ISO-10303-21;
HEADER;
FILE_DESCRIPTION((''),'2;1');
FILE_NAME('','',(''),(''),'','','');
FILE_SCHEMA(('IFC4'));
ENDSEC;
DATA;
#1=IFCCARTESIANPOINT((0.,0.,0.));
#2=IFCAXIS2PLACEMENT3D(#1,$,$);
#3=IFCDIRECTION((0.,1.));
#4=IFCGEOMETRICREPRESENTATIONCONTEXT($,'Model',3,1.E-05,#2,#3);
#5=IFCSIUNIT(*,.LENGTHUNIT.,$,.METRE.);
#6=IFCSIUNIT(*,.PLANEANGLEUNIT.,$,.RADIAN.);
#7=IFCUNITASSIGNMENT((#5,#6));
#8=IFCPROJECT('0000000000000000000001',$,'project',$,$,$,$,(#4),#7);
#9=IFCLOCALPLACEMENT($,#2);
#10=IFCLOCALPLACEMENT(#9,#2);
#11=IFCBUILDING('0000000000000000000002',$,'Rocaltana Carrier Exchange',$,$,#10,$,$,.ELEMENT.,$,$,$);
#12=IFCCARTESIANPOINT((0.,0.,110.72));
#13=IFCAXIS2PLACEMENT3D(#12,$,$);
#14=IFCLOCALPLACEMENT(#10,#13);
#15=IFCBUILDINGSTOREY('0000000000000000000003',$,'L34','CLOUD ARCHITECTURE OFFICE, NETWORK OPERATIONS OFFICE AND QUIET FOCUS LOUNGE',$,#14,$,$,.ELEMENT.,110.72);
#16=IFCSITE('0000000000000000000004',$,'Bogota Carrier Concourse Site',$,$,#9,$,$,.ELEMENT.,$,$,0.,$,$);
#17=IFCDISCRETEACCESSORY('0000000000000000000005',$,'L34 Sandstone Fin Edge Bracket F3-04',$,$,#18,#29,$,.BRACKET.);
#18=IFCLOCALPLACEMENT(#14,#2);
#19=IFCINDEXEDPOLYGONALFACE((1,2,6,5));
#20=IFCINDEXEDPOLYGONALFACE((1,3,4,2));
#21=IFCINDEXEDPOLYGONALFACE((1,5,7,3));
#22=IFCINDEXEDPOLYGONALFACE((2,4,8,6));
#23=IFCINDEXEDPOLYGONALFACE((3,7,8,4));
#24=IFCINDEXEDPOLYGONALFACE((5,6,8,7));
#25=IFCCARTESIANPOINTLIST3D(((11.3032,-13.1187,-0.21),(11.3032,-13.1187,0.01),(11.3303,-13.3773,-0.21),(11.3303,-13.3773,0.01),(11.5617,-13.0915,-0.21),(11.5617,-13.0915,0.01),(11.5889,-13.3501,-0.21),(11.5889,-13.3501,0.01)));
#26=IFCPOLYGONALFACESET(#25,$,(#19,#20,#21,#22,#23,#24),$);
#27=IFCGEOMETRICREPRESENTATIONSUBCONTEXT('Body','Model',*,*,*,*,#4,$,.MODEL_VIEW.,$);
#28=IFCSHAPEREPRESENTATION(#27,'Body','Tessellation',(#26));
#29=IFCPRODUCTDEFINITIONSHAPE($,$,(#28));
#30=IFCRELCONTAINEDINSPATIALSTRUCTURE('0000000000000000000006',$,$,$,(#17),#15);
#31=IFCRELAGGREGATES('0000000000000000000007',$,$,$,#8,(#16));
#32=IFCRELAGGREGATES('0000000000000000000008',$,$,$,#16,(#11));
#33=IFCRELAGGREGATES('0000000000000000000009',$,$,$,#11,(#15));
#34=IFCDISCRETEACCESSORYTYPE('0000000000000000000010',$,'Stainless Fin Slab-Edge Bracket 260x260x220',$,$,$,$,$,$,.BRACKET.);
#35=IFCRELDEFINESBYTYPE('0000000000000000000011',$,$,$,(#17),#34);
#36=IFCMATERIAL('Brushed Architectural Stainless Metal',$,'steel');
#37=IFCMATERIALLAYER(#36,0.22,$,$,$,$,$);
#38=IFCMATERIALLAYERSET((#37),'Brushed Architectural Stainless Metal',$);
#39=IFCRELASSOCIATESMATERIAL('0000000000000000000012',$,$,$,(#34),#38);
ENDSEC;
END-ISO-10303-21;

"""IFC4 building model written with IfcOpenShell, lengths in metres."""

from ifc_helpers import new_model, si_unit, direction, frame, origin, origin_2d, place, context, subcontext, project, spatial, rectangle, extrude, material, layer, layer_set, type_object, element, save


model = new_model("IFC4")

# Units and contexts
model_context = context("Model", 3, precision=1e-05, world=origin(), true_north=direction((0.0, 1.0)))
body_context = subcontext(model_context, "Body", "Model", "MODEL_VIEW")
ifc_project = project(units=[si_unit("LENGTHUNIT", "METRE"), si_unit("PLANEANGLEUNIT", "RADIAN")], contexts=[model_context])

# Site, building, storey
site_placement = place(None, origin())
site = spatial("IfcSite", under=ifc_project, at=site_placement, Name="Bogota Carrier Concourse Site", CompositionType="ELEMENT", RefElevation=0.0)
building_placement = place(site_placement, origin())
building = spatial("IfcBuilding", under=site, at=building_placement, Name="Rocaltana Carrier Exchange", CompositionType="ELEMENT")
storey_placement = place(building_placement, frame((0.0, 0.0, 110.72)))
storey = spatial("IfcBuildingStorey", under=building, at=storey_placement, Name="L34", Description="CLOUD ARCHITECTURE OFFICE, NETWORK OPERATIONS OFFICE AND QUIET FOCUS LOUNGE", CompositionType="ELEMENT", Elevation=110.72)

# Discrete accessory
ifc_material_1 = material(Name="Brushed Architectural Stainless Metal", Category="steel")
ifc_layer_1 = layer(ifc_material_1, 0.22)
ifc_layer_set_1 = layer_set([ifc_layer_1], Name="Brushed Architectural Stainless Metal")
discrete_accessory_type = type_object("IfcDiscreteAccessoryType", Name="Stainless Fin Slab-Edge Bracket 260x260x220", PredefinedType="BRACKET", material=ifc_layer_set_1)
discrete_accessory_placement = place(storey_placement, frame((11.446, -13.2344, -0.21), z_axis=(0.0, 0.0, 1.0), x_axis=(0.994522, 0.104528, 0.0)))
element("IfcDiscreteAccessory", 1, at=discrete_accessory_placement, inside=storey, type_object=discrete_accessory_type, Name="L34 Sandstone Fin Edge Bracket F3-04", PredefinedType="BRACKET", context=body_context, shape_type="SweptSolid", body=[
    extrude(rectangle(XDim=0.26, YDim=0.26, at=origin_2d()), origin(), (0.0, 0.0, 1.0), 0.22),
])

save(model, "model.ifc")
